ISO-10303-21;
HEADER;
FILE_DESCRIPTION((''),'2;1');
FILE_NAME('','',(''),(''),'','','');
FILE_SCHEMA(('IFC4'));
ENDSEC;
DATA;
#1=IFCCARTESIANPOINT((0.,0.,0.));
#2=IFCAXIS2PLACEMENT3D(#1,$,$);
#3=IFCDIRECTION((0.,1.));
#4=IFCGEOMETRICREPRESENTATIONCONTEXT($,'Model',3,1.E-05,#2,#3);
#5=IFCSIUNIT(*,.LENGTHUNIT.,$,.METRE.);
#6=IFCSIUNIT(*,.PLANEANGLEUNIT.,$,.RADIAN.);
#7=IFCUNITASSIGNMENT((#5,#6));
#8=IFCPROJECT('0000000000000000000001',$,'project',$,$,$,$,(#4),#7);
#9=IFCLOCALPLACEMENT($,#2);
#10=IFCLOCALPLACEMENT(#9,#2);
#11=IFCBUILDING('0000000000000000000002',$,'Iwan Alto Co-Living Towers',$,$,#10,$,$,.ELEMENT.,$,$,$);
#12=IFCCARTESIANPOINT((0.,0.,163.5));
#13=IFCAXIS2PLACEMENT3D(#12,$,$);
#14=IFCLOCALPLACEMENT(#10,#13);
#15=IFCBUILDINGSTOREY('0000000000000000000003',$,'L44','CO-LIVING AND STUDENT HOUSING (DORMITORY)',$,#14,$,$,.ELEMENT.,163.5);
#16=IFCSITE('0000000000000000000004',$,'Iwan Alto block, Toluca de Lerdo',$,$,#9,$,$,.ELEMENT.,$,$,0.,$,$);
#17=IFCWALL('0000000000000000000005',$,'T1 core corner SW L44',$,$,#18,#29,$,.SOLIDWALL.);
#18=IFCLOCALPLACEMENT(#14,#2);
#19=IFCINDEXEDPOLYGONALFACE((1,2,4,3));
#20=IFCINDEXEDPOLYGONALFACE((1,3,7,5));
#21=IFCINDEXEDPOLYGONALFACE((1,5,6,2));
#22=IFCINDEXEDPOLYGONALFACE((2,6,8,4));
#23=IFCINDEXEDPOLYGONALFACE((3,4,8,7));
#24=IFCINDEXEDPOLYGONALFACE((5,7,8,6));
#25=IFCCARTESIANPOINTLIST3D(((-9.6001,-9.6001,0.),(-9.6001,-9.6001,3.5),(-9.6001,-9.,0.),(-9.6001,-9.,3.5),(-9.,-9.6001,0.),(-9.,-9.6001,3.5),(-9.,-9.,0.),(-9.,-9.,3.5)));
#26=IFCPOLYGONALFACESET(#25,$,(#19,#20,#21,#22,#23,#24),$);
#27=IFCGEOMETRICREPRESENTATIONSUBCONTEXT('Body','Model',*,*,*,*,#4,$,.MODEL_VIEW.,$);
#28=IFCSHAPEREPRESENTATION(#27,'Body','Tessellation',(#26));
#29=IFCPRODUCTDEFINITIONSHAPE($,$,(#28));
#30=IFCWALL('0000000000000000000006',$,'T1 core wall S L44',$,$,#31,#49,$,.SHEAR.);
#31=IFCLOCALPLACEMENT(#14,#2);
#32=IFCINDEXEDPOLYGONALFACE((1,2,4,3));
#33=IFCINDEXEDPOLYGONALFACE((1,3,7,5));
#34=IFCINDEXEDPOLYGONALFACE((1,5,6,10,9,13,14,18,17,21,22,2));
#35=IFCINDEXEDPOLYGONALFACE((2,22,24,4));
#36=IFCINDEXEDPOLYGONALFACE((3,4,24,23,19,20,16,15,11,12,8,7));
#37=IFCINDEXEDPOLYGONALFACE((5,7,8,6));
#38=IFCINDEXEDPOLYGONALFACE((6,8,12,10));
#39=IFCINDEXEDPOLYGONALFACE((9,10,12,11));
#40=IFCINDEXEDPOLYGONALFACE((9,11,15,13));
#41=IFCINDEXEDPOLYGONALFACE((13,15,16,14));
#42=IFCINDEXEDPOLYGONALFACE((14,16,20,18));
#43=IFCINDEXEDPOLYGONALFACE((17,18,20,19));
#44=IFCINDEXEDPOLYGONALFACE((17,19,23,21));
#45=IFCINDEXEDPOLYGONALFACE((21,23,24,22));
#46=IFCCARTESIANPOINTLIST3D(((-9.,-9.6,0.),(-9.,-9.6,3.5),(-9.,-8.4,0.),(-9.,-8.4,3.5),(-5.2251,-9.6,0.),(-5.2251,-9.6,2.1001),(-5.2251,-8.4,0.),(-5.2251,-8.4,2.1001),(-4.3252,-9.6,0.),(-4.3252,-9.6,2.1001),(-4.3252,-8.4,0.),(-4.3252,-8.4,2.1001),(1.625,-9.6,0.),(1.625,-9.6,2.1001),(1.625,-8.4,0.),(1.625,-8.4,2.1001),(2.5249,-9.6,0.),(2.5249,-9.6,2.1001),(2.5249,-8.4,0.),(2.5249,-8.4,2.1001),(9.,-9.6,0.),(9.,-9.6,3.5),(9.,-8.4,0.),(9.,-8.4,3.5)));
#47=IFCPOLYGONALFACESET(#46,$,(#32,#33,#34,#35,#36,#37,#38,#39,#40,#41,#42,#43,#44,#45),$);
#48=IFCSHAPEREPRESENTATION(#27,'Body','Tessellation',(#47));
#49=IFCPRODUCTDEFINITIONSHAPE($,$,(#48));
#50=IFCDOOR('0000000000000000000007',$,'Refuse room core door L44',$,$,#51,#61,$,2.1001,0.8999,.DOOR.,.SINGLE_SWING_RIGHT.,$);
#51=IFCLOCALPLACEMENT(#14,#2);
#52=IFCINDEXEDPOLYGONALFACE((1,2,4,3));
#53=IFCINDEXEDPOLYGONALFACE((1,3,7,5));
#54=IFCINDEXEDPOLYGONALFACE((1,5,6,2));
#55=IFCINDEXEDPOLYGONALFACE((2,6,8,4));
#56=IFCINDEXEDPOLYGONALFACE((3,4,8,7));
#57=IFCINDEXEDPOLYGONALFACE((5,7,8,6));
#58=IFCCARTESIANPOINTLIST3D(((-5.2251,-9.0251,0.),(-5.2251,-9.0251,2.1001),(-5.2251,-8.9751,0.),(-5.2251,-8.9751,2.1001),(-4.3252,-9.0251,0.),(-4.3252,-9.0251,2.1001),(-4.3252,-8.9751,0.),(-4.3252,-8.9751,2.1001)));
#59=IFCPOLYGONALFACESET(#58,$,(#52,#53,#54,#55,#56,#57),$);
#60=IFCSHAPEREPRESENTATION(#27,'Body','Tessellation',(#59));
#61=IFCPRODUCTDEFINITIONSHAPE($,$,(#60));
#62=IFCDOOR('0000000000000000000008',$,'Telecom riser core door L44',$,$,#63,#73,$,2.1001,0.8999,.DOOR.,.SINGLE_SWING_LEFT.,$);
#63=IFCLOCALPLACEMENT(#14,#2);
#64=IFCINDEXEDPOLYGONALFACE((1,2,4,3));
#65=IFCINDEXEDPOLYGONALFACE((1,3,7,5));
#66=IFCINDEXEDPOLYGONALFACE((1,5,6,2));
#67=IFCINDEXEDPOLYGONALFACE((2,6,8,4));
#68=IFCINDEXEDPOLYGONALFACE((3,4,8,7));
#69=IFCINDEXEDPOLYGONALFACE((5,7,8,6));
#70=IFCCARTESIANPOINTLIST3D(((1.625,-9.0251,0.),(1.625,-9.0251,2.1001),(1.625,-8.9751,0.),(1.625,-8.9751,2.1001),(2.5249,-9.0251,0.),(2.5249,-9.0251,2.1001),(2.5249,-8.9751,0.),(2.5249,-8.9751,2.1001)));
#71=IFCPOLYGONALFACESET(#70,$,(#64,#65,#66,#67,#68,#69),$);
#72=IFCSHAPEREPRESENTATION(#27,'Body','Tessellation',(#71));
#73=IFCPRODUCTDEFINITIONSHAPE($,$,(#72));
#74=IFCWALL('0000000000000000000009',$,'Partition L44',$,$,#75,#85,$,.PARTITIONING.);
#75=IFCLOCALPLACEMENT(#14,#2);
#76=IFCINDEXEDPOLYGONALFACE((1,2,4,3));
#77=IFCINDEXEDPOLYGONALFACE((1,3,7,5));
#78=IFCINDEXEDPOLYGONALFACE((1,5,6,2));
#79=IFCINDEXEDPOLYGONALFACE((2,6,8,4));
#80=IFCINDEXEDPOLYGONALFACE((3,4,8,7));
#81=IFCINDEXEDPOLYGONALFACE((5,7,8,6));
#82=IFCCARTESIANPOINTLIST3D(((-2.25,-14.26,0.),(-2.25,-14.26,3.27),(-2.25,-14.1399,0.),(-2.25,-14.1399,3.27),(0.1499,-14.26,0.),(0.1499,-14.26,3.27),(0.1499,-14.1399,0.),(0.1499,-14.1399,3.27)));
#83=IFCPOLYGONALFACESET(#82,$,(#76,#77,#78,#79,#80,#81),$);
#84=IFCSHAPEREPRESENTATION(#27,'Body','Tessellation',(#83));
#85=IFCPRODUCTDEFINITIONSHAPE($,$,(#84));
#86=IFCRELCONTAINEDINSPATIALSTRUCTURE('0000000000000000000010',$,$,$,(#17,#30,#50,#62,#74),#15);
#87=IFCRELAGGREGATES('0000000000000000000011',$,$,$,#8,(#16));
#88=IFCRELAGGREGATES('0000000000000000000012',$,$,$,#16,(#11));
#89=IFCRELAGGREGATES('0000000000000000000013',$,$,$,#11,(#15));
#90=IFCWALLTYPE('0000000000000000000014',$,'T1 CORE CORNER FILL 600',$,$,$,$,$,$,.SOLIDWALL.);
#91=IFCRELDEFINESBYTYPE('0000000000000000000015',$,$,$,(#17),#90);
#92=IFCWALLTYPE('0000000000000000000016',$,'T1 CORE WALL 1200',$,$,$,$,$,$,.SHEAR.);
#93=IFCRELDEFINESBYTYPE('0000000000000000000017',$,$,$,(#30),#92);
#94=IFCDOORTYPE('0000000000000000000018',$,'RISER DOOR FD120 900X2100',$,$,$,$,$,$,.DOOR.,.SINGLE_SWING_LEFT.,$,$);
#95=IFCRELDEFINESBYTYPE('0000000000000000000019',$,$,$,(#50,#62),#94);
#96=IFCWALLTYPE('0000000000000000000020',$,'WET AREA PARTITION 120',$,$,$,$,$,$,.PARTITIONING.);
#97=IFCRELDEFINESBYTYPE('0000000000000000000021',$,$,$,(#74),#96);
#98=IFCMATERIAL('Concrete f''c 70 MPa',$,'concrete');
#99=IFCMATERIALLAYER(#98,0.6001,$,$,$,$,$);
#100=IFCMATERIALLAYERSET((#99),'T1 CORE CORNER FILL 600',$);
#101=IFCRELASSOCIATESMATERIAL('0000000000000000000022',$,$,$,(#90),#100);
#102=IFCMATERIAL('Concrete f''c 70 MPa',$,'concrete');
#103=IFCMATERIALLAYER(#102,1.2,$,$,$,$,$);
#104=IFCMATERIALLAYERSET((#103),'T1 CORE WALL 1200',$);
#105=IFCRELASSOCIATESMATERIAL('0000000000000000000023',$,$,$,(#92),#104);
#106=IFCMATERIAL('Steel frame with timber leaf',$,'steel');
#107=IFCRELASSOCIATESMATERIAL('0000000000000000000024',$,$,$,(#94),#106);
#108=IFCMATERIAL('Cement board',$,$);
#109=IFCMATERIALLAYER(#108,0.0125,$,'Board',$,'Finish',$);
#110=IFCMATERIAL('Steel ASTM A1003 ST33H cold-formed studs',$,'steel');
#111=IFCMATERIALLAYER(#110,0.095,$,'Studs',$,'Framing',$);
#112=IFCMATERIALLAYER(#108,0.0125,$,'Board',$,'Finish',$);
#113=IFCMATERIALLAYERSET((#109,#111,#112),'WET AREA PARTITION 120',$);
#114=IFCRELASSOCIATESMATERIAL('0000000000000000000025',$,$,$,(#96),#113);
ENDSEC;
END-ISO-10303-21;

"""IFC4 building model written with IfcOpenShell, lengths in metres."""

from ifc_helpers import new_model, si_unit, direction, frame, frame_2d, origin, place, context, subcontext, project, spatial, rectangle, extrude, material, layer, layer_set, type_object, element, fill, save


model = new_model("IFC4")

# Units and contexts
model_context = context("Model", 3, precision=1e-05, world=origin(), true_north=direction((0.0, 1.0)))
body_context = subcontext(model_context, "Body", "Model", "MODEL_VIEW")
ifc_project = project(units=[si_unit("LENGTHUNIT", "METRE"), si_unit("PLANEANGLEUNIT", "RADIAN")], contexts=[model_context])

# Site, building, storey
site_placement = place(None, origin())
site = spatial("IfcSite", under=ifc_project, at=site_placement, Name="Iwan Alto block, Toluca de Lerdo", CompositionType="ELEMENT", RefElevation=0.0)
building_placement = place(site_placement, origin())
building = spatial("IfcBuilding", under=site, at=building_placement, Name="Iwan Alto Co-Living Towers", CompositionType="ELEMENT")
storey_placement = place(building_placement, frame((0.0, 0.0, 163.5)))
storey = spatial("IfcBuildingStorey", under=building, at=storey_placement, Name="L44", Description="CO-LIVING AND STUDENT HOUSING (DORMITORY)", CompositionType="ELEMENT", Elevation=163.5)

# Shared definitions
ifc_material_1 = material(Name="Steel ASTM A1003 ST33H cold-formed studs", Category="steel")

# Wall
ifc_material_2 = material(Name="Concrete f'c 70 MPa", Category="concrete")
ifc_layer_1 = layer(ifc_material_2, 0.6001)
ifc_layer_set_1 = layer_set([ifc_layer_1], Name="T1 CORE CORNER FILL 600")
wall_type_1 = type_object("IfcWallType", Name="T1 CORE CORNER FILL 600", PredefinedType="SOLIDWALL", material=ifc_layer_set_1)
wall_1_placement = place(storey_placement, frame((-9.6001, -9.3, 0.0), z_axis=(0.0, 0.0, 1.0), x_axis=(1.0, 0.0, 0.0)))
element("IfcWall", 1, at=wall_1_placement, inside=storey, type_object=wall_type_1, Name="T1 core corner SW L44", PredefinedType="SOLIDWALL", context=body_context, shape_type="SweptSolid", body=[
    extrude(rectangle(XDim=0.6001, YDim=0.6001, at=frame_2d((0.3, 0.0))), origin(), (0.0, 0.0, 1.0), 3.5),
])

# Wall, openings, doors
ifc_material_3 = material(Name="Concrete f'c 70 MPa", Category="concrete")
ifc_layer_2 = layer(ifc_material_3, 1.2)
ifc_layer_set_2 = layer_set([ifc_layer_2], Name="T1 CORE WALL 1200")
wall_type_2 = type_object("IfcWallType", Name="T1 CORE WALL 1200", PredefinedType="SHEAR", material=ifc_layer_set_2)
wall_2_placement = place(storey_placement, frame((-9.0, -9.0, 0.0), z_axis=(0.0, 0.0, 1.0), x_axis=(1.0, 0.0, 0.0)))
wall_2 = element("IfcWall", 2, at=wall_2_placement, inside=storey, type_object=wall_type_2, Name="T1 core wall S L44", PredefinedType="SHEAR", context=body_context, shape_type="SweptSolid", body=[
    extrude(rectangle(XDim=18.0, YDim=1.2, at=frame_2d((9.0, 0.0))), origin(), (0.0, 0.0, 1.0), 3.5),
])
opening_1_placement = place(wall_2_placement, frame((3.7749, 0.0, 0.0)))
opening_1 = element("IfcOpeningElement", 3, at=opening_1_placement, cuts=wall_2, PredefinedType="OPENING", context=body_context, shape_type="SweptSolid", body=[
    extrude(rectangle(XDim=0.8999, YDim=2.1001, at=frame_2d((0.45, 1.05))), frame((0.0, 0.6099, 0.0), z_axis=(0.0, -1.0, 0.0), x_axis=(1.0, 0.0, 0.0)), (0.0, 0.0, 1.0), 1.22),
])
opening_2_placement = place(wall_2_placement, frame((10.625, 0.0, 0.0)))
opening_2 = element("IfcOpeningElement", 4, at=opening_2_placement, cuts=wall_2, PredefinedType="OPENING", context=body_context, shape_type="SweptSolid", body=[
    extrude(rectangle(XDim=0.8999, YDim=2.1001, at=frame_2d((0.45, 1.05))), frame((0.0, 0.6099, 0.0), z_axis=(0.0, -1.0, 0.0), x_axis=(1.0, 0.0, 0.0)), (0.0, 0.0, 1.0), 1.22),
])
ifc_material_4 = material(Name="Steel frame with timber leaf", Category="steel")
door_type_1 = type_object("IfcDoorType", Name="RISER DOOR FD120 900X2100", OperationType="SINGLE_SWING_LEFT", PredefinedType="DOOR", material=ifc_material_4)
door_1_placement = place(opening_1_placement, origin())
door_1 = element("IfcDoor", 5, at=door_1_placement, inside=storey, type_object=door_type_1, Name="Refuse room core door L44", OperationType="SINGLE_SWING_RIGHT", OverallHeight=2.1001, OverallWidth=0.8999, PredefinedType="DOOR", context=body_context, shape_type="SweptSolid", body=[
    extrude(rectangle(XDim=0.8999, YDim=2.1001, at=frame_2d((0.45, 1.05))), frame((0.0, 0.0249, 0.0), z_axis=(0.0, -1.0, 0.0), x_axis=(1.0, 0.0, 0.0)), (0.0, 0.0, 1.0), 0.05),
])
fill(opening_1, door_1)
door_2_placement = place(opening_2_placement, origin())
door_2 = element("IfcDoor", 6, at=door_2_placement, inside=storey, type_object=door_type_1, Name="Telecom riser core door L44", OperationType="SINGLE_SWING_LEFT", OverallHeight=2.1001, OverallWidth=0.8999, PredefinedType="DOOR", context=body_context, shape_type="SweptSolid", body=[
    extrude(rectangle(XDim=0.8999, YDim=2.1001, at=frame_2d((0.45, 1.05))), frame((0.0, 0.0249, 0.0), z_axis=(0.0, -1.0, 0.0), x_axis=(1.0, 0.0, 0.0)), (0.0, 0.0, 1.0), 0.05),
])
fill(opening_2, door_2)

# Wall
ifc_material_5 = material(Name="Cement board")
ifc_layer_3 = layer(ifc_material_5, 0.0125, Name="Board", Category="Finish")
ifc_layer_4 = layer(ifc_material_1, 0.095, Name="Studs", Category="Framing")
ifc_layer_5 = layer(ifc_material_5, 0.0125, Name="Board", Category="Finish")
ifc_layer_set_3 = layer_set([ifc_layer_3, ifc_layer_4, ifc_layer_5], Name="WET AREA PARTITION 120")
wall_type_3 = type_object("IfcWallType", Name="WET AREA PARTITION 120", PredefinedType="PARTITIONING", material=ifc_layer_set_3)
wall_3_placement = place(storey_placement, frame((-2.25, -14.2, 0.0), z_axis=(0.0, 0.0, 1.0), x_axis=(1.0, 0.0, 0.0)))
element("IfcWall", 7, at=wall_3_placement, inside=storey, type_object=wall_type_3, Name="Partition L44", PredefinedType="PARTITIONING", context=body_context, shape_type="SweptSolid", body=[
    extrude(rectangle(XDim=2.3999, YDim=0.1201, at=frame_2d((1.2, 0.0))), origin(), (0.0, 0.0, 1.0), 3.27),
])

save(model, "model.ifc")
